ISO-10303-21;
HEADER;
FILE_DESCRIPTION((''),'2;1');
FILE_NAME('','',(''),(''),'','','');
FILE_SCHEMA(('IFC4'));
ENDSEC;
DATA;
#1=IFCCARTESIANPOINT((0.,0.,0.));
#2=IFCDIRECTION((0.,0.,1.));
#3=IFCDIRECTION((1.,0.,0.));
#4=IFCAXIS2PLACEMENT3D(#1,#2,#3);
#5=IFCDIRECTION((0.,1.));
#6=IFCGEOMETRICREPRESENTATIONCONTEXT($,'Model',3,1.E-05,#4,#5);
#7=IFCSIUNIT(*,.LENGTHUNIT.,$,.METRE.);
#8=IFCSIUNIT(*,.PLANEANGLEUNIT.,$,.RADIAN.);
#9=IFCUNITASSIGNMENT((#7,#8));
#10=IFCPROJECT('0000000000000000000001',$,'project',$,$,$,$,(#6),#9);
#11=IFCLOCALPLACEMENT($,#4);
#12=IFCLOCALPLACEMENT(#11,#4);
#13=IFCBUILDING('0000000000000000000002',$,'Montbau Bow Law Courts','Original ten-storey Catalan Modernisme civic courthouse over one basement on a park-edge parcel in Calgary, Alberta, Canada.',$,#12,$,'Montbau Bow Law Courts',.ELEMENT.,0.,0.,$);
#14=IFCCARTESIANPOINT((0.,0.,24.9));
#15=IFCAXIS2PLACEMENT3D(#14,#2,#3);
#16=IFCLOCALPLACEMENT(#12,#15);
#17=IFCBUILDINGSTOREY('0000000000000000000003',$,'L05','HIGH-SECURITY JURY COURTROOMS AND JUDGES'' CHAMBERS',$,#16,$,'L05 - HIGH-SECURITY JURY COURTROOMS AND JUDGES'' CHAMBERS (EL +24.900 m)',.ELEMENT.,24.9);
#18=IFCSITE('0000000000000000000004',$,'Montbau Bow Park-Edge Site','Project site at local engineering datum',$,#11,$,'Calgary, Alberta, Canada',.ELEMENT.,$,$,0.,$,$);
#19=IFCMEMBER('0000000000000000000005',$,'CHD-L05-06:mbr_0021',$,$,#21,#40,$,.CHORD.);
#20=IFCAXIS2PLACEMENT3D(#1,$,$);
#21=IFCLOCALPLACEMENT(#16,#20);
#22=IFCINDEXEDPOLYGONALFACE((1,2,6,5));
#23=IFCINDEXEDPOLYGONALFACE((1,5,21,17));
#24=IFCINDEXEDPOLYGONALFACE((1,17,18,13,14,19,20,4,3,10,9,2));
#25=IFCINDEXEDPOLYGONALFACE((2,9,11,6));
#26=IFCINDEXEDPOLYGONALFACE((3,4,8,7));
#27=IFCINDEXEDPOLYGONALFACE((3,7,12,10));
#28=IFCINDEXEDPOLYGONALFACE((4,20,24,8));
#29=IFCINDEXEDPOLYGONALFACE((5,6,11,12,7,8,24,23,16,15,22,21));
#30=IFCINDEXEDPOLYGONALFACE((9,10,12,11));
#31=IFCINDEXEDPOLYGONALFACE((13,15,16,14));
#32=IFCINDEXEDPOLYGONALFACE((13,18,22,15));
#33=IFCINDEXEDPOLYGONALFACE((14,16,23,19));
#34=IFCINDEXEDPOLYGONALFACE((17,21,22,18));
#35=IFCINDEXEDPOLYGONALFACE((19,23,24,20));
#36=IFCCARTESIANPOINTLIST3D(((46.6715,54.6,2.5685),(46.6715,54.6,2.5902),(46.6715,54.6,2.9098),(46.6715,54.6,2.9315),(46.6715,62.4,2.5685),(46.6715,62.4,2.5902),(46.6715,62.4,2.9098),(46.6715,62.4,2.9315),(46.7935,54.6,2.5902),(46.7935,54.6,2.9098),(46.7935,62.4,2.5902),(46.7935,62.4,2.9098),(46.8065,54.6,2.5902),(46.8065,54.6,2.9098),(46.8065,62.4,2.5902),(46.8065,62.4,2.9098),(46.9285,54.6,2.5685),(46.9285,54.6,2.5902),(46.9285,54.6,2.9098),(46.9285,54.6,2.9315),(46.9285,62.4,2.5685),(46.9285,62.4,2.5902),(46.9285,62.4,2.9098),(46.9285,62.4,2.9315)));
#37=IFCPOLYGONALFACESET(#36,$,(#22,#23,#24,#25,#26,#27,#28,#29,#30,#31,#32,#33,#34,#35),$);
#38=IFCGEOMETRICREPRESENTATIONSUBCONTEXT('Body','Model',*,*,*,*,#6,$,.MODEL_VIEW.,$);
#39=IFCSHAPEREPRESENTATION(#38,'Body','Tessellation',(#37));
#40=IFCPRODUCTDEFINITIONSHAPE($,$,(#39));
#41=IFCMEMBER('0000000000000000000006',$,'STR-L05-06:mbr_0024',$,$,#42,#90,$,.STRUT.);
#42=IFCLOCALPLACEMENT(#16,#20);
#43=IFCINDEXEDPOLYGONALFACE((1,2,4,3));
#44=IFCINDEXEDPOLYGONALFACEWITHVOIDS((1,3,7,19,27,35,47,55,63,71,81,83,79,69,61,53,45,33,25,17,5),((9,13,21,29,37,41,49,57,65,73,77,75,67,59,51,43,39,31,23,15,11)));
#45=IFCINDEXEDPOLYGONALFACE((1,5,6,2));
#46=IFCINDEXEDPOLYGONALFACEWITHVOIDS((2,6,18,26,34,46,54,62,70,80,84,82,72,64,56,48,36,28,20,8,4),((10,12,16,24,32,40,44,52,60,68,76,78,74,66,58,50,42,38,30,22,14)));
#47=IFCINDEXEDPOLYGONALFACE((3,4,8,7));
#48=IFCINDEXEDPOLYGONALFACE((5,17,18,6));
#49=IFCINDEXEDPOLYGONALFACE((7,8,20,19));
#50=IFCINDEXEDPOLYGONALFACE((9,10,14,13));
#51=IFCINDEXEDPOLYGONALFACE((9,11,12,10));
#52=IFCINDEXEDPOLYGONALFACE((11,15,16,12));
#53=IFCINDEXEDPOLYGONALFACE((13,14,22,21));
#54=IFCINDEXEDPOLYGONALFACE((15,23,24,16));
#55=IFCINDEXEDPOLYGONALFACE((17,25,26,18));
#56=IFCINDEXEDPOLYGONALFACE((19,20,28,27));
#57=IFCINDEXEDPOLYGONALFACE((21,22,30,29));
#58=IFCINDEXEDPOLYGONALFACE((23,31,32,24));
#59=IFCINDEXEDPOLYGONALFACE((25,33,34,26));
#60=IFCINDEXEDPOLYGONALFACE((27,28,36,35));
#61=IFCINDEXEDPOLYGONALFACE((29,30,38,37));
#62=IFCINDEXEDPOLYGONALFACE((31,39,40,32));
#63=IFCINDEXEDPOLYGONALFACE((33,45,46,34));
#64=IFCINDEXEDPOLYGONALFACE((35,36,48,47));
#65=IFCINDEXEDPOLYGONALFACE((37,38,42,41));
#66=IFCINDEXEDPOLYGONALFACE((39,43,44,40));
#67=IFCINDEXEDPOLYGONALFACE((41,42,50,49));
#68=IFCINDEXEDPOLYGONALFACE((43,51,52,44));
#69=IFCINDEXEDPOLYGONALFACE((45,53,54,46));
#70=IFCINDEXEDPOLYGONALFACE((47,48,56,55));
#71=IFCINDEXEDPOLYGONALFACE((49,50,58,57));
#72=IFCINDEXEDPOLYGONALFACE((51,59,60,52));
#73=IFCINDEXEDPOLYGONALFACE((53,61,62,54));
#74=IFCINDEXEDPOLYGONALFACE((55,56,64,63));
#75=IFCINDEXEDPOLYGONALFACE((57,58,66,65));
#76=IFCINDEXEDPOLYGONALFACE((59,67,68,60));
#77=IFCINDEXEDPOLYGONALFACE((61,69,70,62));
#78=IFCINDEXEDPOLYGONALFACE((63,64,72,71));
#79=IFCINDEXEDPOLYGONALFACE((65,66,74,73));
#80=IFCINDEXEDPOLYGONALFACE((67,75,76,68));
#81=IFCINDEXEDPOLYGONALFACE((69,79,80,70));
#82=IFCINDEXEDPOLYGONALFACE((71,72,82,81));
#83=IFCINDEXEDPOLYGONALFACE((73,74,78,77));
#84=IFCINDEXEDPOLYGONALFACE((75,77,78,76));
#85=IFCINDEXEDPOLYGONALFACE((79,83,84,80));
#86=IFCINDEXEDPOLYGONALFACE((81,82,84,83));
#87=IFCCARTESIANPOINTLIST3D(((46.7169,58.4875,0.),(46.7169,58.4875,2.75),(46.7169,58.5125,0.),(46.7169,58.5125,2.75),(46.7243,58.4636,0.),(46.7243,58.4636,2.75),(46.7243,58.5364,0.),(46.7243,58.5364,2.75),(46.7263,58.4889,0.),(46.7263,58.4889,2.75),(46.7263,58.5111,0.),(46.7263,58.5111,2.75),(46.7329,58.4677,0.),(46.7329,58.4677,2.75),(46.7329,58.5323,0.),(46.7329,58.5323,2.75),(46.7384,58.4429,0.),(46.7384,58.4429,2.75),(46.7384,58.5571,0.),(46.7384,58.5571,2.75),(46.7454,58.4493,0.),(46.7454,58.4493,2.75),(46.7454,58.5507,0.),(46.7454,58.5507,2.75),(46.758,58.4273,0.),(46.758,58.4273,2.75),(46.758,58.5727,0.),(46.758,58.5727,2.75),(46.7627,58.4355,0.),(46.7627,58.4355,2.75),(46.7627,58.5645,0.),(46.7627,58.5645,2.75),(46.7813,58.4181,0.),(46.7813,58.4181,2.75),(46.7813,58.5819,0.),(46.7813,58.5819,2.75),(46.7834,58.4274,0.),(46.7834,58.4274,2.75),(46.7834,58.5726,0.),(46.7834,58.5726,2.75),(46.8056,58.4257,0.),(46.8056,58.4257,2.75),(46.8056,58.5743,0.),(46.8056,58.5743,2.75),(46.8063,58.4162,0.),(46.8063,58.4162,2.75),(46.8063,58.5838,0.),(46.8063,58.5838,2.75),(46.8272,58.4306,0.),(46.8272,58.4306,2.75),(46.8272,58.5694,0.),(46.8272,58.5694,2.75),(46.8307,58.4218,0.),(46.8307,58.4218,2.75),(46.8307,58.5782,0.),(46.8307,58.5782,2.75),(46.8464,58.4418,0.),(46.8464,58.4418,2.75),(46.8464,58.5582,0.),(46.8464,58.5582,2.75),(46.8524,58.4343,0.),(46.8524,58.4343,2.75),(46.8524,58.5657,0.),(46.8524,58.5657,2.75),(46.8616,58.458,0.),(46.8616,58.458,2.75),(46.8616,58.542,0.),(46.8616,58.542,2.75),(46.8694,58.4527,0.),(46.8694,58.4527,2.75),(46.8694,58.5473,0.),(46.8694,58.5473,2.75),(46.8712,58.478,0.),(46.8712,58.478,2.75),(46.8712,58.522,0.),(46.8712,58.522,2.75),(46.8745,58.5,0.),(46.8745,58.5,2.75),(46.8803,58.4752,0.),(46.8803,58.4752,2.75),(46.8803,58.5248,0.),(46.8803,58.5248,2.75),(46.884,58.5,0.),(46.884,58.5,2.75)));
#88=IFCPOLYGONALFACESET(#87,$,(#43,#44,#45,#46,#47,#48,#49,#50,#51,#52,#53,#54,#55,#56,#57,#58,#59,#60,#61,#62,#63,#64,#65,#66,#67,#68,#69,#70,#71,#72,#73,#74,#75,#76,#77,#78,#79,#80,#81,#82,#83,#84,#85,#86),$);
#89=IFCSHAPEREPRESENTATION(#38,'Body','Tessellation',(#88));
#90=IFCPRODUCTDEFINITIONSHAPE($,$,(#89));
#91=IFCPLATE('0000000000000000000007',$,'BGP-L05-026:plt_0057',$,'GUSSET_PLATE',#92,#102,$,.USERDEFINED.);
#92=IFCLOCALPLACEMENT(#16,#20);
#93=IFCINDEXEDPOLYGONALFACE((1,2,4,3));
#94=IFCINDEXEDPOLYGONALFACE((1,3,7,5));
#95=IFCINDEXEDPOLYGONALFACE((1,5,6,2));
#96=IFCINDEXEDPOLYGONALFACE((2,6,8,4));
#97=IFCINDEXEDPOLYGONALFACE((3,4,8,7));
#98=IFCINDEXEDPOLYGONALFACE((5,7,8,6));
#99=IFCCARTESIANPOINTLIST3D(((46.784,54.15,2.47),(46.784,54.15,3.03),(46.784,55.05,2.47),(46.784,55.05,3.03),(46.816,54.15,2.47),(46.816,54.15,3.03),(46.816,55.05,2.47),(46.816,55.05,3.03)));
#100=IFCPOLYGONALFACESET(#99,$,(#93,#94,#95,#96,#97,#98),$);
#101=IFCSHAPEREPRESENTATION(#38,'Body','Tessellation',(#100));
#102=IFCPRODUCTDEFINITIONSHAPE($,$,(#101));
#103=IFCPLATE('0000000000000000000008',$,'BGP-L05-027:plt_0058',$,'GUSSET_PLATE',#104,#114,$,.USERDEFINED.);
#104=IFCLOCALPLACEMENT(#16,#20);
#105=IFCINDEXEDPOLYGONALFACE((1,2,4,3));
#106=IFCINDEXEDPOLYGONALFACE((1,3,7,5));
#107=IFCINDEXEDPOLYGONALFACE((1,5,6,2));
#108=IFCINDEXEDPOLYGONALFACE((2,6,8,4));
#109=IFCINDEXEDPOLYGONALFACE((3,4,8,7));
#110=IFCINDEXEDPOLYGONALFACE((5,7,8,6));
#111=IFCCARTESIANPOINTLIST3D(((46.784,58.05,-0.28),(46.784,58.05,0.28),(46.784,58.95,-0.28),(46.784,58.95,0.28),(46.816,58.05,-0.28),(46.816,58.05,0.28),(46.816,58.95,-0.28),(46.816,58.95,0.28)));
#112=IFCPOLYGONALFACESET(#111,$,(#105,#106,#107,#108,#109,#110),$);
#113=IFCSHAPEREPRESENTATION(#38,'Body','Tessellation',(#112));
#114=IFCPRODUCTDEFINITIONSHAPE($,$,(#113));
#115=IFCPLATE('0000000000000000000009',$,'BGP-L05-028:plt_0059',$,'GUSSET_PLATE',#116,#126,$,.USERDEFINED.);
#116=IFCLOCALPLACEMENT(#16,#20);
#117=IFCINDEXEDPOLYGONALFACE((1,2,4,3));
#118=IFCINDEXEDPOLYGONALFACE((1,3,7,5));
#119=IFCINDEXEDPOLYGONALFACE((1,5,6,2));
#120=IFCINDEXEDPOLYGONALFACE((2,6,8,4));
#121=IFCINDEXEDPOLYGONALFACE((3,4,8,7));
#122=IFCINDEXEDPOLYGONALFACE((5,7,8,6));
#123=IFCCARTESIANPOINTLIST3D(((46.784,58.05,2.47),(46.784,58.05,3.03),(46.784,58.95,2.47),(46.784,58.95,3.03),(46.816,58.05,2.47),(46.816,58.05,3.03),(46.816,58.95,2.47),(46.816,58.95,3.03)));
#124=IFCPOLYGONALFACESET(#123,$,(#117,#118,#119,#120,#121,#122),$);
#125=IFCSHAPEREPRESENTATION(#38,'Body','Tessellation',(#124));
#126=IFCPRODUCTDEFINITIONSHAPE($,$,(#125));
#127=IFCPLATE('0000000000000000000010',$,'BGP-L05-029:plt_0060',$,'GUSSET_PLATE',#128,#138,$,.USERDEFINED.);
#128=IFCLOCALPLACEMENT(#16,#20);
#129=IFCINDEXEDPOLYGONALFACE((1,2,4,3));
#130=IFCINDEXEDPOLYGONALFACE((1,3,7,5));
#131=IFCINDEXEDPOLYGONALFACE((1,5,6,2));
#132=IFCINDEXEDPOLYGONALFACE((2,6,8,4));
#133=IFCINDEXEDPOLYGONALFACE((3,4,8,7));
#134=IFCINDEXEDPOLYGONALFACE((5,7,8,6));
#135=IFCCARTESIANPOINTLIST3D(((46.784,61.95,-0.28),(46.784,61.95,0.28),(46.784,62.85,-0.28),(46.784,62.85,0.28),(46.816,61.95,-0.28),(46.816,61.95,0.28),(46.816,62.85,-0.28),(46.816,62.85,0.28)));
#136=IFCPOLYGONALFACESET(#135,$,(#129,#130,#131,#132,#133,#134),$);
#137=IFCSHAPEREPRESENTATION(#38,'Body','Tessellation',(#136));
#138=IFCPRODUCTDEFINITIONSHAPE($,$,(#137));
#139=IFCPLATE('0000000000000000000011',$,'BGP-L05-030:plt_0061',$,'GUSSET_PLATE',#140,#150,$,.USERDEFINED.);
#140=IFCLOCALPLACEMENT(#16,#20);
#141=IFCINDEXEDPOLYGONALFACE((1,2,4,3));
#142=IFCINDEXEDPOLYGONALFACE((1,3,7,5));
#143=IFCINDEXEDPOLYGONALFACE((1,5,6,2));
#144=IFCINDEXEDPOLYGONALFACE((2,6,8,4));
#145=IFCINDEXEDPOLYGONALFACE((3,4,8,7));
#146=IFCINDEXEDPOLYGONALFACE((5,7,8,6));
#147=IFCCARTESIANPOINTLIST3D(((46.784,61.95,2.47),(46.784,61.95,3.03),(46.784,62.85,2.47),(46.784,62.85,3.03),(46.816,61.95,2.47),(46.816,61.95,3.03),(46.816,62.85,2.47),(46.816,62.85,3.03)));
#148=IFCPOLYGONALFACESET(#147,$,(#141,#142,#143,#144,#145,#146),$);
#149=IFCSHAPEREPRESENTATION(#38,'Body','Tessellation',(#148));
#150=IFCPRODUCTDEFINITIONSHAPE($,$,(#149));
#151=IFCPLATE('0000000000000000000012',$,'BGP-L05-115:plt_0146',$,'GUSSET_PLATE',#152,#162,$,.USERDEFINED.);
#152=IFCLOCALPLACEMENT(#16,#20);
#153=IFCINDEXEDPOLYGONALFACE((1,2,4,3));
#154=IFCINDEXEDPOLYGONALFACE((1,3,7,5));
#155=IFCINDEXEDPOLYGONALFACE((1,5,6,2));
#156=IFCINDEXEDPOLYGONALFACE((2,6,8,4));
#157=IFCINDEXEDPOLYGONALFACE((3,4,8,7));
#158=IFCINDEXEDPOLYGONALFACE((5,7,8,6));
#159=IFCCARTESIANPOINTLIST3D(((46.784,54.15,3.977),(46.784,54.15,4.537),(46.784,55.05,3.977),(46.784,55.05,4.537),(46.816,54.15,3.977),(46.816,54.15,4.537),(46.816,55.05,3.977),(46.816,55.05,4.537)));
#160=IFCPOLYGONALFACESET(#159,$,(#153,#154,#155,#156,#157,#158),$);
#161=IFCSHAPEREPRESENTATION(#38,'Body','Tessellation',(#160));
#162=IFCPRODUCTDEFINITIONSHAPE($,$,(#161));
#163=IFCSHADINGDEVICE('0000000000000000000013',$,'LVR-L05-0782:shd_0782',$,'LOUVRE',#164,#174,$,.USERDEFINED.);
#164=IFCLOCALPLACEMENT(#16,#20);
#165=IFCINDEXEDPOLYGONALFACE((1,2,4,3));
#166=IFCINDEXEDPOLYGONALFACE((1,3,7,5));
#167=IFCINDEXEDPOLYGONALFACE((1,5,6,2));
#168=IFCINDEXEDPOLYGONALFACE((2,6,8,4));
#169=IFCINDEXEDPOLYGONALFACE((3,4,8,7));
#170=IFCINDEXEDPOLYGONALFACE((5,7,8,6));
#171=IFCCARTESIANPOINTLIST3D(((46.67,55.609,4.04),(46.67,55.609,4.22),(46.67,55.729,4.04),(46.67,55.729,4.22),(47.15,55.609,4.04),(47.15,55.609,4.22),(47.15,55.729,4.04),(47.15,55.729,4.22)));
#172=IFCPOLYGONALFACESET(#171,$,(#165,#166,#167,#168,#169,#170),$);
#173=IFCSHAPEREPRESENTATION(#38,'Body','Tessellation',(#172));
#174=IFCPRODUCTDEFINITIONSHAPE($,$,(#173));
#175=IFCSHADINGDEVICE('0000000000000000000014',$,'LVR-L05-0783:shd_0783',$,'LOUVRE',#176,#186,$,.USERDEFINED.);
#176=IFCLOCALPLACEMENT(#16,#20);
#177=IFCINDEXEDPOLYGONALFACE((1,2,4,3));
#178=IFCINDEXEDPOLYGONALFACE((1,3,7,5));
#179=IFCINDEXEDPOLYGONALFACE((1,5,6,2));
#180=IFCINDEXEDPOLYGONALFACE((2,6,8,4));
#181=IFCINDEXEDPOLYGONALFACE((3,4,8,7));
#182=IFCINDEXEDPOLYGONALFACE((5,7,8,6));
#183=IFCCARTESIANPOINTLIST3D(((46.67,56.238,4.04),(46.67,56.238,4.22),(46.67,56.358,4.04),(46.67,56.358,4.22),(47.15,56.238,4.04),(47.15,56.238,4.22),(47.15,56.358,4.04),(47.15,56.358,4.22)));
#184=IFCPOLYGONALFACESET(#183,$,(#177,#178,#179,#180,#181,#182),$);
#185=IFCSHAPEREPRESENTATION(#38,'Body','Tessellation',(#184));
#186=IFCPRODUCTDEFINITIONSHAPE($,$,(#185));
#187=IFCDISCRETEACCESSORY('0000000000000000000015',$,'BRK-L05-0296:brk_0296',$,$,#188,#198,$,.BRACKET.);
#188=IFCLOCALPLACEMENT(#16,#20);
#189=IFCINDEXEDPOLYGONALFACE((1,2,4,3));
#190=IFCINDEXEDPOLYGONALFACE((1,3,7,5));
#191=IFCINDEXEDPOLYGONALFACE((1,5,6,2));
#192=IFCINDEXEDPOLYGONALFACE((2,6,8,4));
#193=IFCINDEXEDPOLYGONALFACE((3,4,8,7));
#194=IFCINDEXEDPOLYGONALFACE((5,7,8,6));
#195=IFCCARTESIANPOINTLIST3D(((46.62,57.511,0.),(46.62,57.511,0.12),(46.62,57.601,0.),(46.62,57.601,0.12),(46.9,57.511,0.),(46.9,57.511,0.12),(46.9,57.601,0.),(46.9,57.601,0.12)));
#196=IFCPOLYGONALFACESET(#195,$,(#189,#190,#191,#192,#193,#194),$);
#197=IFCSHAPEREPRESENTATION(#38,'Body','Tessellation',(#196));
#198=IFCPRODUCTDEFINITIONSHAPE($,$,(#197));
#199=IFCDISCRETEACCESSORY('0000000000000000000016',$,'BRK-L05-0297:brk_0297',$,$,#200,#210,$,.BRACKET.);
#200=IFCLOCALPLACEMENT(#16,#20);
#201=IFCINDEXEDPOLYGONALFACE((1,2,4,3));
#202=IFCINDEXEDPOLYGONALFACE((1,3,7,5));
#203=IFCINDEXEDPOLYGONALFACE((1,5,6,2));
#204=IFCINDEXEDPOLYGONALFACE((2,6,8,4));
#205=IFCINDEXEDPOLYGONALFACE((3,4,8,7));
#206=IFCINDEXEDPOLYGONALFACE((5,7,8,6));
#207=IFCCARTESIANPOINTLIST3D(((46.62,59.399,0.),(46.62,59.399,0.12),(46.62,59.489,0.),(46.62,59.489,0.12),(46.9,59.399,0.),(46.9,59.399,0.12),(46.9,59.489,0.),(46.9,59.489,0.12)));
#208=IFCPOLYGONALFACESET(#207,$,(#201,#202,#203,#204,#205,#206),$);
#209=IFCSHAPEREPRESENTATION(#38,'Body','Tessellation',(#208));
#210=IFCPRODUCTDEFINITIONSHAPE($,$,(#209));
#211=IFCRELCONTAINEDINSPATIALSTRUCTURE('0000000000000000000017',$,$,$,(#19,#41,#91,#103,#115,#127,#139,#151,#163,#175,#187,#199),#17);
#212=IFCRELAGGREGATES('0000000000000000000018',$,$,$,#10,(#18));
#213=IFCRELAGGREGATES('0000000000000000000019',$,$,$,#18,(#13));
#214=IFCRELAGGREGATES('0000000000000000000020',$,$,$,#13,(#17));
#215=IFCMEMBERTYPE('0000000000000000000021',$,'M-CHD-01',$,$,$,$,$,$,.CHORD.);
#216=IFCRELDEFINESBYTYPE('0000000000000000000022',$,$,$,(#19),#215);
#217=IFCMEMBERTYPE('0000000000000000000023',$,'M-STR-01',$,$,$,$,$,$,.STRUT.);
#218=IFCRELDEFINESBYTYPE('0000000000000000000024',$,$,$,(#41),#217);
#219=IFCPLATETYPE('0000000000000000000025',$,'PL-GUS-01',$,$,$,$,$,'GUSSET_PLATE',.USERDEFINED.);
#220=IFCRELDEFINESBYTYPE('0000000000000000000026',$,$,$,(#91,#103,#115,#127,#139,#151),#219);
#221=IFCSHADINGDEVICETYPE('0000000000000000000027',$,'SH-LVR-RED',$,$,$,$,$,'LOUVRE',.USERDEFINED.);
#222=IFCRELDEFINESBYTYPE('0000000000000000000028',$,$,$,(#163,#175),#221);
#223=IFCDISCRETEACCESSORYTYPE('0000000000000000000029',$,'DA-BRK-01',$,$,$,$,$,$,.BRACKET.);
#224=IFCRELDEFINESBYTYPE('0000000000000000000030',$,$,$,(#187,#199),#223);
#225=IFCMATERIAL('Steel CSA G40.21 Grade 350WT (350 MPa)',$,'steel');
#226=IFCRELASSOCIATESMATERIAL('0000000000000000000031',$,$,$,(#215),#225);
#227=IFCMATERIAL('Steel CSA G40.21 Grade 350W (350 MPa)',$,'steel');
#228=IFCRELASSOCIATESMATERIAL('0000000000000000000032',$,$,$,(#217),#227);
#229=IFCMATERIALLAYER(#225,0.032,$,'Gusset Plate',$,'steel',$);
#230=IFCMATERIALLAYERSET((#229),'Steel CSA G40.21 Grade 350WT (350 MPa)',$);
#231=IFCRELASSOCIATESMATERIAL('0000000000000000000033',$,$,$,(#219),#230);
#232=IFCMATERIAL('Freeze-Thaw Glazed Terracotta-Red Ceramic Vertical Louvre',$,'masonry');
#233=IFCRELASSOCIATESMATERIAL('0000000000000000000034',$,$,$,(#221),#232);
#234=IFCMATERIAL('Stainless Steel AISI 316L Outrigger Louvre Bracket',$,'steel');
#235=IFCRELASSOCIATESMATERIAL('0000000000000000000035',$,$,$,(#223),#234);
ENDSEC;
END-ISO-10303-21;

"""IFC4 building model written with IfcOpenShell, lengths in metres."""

from ifc_helpers import new_model, si_unit, direction, frame, origin_with_axes, origin_2d_with_axis, place, context, subcontext, project, spatial, rectangle, hollow_circle, i_section, extrude, material, layer, layer_set, material_profile, profile_set, type_object, element, save


model = new_model("IFC4")

# Units and contexts
model_context = context("Model", 3, precision=1e-05, world=origin_with_axes(), true_north=direction((0.0, 1.0)))
body_context = subcontext(model_context, "Body", "Model", "MODEL_VIEW")
ifc_project = project(units=[si_unit("LENGTHUNIT", "METRE"), si_unit("PLANEANGLEUNIT", "RADIAN")], contexts=[model_context])

# Site, building, storey
site_placement = place(None, origin_with_axes())
site = spatial("IfcSite", under=ifc_project, at=site_placement, Name="Montbau Bow Park-Edge Site", Description="Project site at local engineering datum", LongName="Calgary, Alberta, Canada", CompositionType="ELEMENT", RefElevation=0.0)
building_placement = place(site_placement, origin_with_axes())
building = spatial("IfcBuilding", under=site, at=building_placement, Name="Montbau Bow Law Courts", Description="Original ten-storey Catalan Modernisme civic courthouse over one basement on a park-edge parcel in Calgary, Alberta, Canada.", LongName="Montbau Bow Law Courts", CompositionType="ELEMENT", ElevationOfRefHeight=0.0, ElevationOfTerrain=0.0)
storey_placement = place(building_placement, frame((0.0, 0.0, 24.9), z_axis=(0.0, 0.0, 1.0), x_axis=(1.0, 0.0, 0.0)))
storey = spatial("IfcBuildingStorey", under=building, at=storey_placement, Name="L05", Description="HIGH-SECURITY JURY COURTROOMS AND JUDGES' CHAMBERS", LongName="L05 - HIGH-SECURITY JURY COURTROOMS AND JUDGES' CHAMBERS (EL +24.900 m)", CompositionType="ELEMENT", Elevation=24.9)

# Shared definitions
ifc_material_1 = material(Name="Steel CSA G40.21 Grade 350W (350 MPa)", Category="steel")
ifc_material_2 = material(Name="Steel CSA G40.21 Grade 350WT (350 MPa)", Category="steel")

# Members
ifc_material_profile_1 = material_profile(ifc_material_2, i_section(OverallWidth=0.257, OverallDepth=0.363, WebThickness=0.013, FlangeThickness=0.0217, at=origin_2d_with_axis()), Name="W360X122", Category="Main", Priority=0)
ifc_profile_set_1 = profile_set([ifc_material_profile_1], Name="Steel CSA G40.21 Grade 350WT (350 MPa)")
member_type_1 = type_object("IfcMemberType", Name="M-CHD-01", PredefinedType="CHORD", material=ifc_profile_set_1)
for number, where, z_axis, x_axis, name in (
    (1, (46.8, 54.6, 27.65), (0.0, 1.0, 0.0), (-1.0, 0.0, 0.0), "CHD-L05-06:mbr_0021"),
):
    element("IfcMember", number, at=place(None, frame(where, z_axis=z_axis, x_axis=x_axis)), inside=storey, type_object=member_type_1, Name=name, PredefinedType="CHORD", context=body_context, shape_type="SweptSolid", body=[
        extrude(i_section(OverallWidth=0.257, OverallDepth=0.363, WebThickness=0.013, FlangeThickness=0.0217, at=origin_2d_with_axis()), origin_with_axes(), (0.0, 0.0, 1.0), 7.8),
    ])
ifc_material_profile_2 = material_profile(ifc_material_1, hollow_circle(Radius=0.084, WallThickness=0.0095, at=origin_2d_with_axis()), Name="HSS168X9.5", Category="Main", Priority=0)
ifc_profile_set_2 = profile_set([ifc_material_profile_2], Name="Steel CSA G40.21 Grade 350W (350 MPa)")
member_type_2 = type_object("IfcMemberType", Name="M-STR-01", PredefinedType="STRUT", material=ifc_profile_set_2)
member_placement = place(None, frame((46.8, 58.5, 24.9), z_axis=(0.0, 0.0, 1.0), x_axis=(1.0, 0.0, 0.0)))
element("IfcMember", 2, at=member_placement, inside=storey, type_object=member_type_2, Name="STR-L05-06:mbr_0024", PredefinedType="STRUT", context=body_context, shape_type="SweptSolid", body=[
    extrude(hollow_circle(Radius=0.084, WallThickness=0.0095, at=origin_2d_with_axis()), origin_with_axes(), (0.0, 0.0, 1.0), 2.75),
])

# Plates
ifc_layer = layer(ifc_material_2, 0.032, Name="Gusset Plate", Category="steel")
ifc_layer_set = layer_set([ifc_layer], Name="Steel CSA G40.21 Grade 350WT (350 MPa)")
plate_type = type_object("IfcPlateType", Name="PL-GUS-01", ElementType="GUSSET_PLATE", PredefinedType="USERDEFINED", material=ifc_layer_set)
for number, where, z_axis, x_axis, name in (
    (3, (46.8, 54.6, 27.37), (0.0, 0.0, 1.0), (0.0, 1.0, 0.0), "BGP-L05-026:plt_0057"),
    (4, (46.8, 58.5, 24.62), (0.0, 0.0, 1.0), (0.0, 1.0, 0.0), "BGP-L05-027:plt_0058"),
    (5, (46.8, 58.5, 27.37), (0.0, 0.0, 1.0), (0.0, 1.0, 0.0), "BGP-L05-028:plt_0059"),
    (6, (46.8, 62.4, 24.62), (0.0, 0.0, 1.0), (0.0, 1.0, 0.0), "BGP-L05-029:plt_0060"),
    (7, (46.8, 62.4, 27.37), (0.0, 0.0, 1.0), (0.0, 1.0, 0.0), "BGP-L05-030:plt_0061"),
    (8, (46.8, 54.6, 28.877), (0.0, 0.0, 1.0), (0.0, 1.0, 0.0), "BGP-L05-115:plt_0146"),
):
    element("IfcPlate", number, at=place(None, frame(where, z_axis=z_axis, x_axis=x_axis)), inside=storey, type_object=plate_type, Name=name, ObjectType="GUSSET_PLATE", PredefinedType="USERDEFINED", context=body_context, shape_type="SweptSolid", body=[
        extrude(rectangle(XDim=0.9, YDim=0.032, at=origin_2d_with_axis()), origin_with_axes(), (0.0, 0.0, 1.0), 0.56),
    ])

# Shading devices
ifc_material_3 = material(Name="Freeze-Thaw Glazed Terracotta-Red Ceramic Vertical Louvre", Category="masonry")
shading_device_type = type_object("IfcShadingDeviceType", Name="SH-LVR-RED", ElementType="LOUVRE", PredefinedType="USERDEFINED", material=ifc_material_3)
for number, where, z_axis, x_axis, name in (
    (9, (46.91, 55.669, 28.94), (0.0, 0.0, 1.0), (1.0, 0.0, 0.0), "LVR-L05-0782:shd_0782"),
    (10, (46.91, 56.298, 28.94), (0.0, 0.0, 1.0), (1.0, 0.0, 0.0), "LVR-L05-0783:shd_0783"),
):
    element("IfcShadingDevice", number, at=place(None, frame(where, z_axis=z_axis, x_axis=x_axis)), inside=storey, type_object=shading_device_type, Name=name, ObjectType="LOUVRE", PredefinedType="USERDEFINED", context=body_context, shape_type="SweptSolid", body=[
        extrude(rectangle(XDim=0.48, YDim=0.12, at=origin_2d_with_axis()), origin_with_axes(), (0.0, 0.0, 1.0), 0.18),
    ])

# Discrete accessories
ifc_material_4 = material(Name="Stainless Steel AISI 316L Outrigger Louvre Bracket", Category="steel")
discrete_accessory_type = type_object("IfcDiscreteAccessoryType", Name="DA-BRK-01", PredefinedType="BRACKET", material=ifc_material_4)
for number, where, z_axis, x_axis, name in (
    (11, (46.76, 57.556, 24.9), (0.0, 0.0, 1.0), (1.0, 0.0, 0.0), "BRK-L05-0296:brk_0296"),
    (12, (46.76, 59.444, 24.9), (0.0, 0.0, 1.0), (1.0, 0.0, 0.0), "BRK-L05-0297:brk_0297"),
):
    element("IfcDiscreteAccessory", number, at=place(None, frame(where, z_axis=z_axis, x_axis=x_axis)), inside=storey, type_object=discrete_accessory_type, Name=name, PredefinedType="BRACKET", context=body_context, shape_type="SweptSolid", body=[
        extrude(rectangle(XDim=0.28, YDim=0.09, at=origin_2d_with_axis()), origin_with_axes(), (0.0, 0.0, 1.0), 0.12),
    ])

save(model, "model.ifc")
